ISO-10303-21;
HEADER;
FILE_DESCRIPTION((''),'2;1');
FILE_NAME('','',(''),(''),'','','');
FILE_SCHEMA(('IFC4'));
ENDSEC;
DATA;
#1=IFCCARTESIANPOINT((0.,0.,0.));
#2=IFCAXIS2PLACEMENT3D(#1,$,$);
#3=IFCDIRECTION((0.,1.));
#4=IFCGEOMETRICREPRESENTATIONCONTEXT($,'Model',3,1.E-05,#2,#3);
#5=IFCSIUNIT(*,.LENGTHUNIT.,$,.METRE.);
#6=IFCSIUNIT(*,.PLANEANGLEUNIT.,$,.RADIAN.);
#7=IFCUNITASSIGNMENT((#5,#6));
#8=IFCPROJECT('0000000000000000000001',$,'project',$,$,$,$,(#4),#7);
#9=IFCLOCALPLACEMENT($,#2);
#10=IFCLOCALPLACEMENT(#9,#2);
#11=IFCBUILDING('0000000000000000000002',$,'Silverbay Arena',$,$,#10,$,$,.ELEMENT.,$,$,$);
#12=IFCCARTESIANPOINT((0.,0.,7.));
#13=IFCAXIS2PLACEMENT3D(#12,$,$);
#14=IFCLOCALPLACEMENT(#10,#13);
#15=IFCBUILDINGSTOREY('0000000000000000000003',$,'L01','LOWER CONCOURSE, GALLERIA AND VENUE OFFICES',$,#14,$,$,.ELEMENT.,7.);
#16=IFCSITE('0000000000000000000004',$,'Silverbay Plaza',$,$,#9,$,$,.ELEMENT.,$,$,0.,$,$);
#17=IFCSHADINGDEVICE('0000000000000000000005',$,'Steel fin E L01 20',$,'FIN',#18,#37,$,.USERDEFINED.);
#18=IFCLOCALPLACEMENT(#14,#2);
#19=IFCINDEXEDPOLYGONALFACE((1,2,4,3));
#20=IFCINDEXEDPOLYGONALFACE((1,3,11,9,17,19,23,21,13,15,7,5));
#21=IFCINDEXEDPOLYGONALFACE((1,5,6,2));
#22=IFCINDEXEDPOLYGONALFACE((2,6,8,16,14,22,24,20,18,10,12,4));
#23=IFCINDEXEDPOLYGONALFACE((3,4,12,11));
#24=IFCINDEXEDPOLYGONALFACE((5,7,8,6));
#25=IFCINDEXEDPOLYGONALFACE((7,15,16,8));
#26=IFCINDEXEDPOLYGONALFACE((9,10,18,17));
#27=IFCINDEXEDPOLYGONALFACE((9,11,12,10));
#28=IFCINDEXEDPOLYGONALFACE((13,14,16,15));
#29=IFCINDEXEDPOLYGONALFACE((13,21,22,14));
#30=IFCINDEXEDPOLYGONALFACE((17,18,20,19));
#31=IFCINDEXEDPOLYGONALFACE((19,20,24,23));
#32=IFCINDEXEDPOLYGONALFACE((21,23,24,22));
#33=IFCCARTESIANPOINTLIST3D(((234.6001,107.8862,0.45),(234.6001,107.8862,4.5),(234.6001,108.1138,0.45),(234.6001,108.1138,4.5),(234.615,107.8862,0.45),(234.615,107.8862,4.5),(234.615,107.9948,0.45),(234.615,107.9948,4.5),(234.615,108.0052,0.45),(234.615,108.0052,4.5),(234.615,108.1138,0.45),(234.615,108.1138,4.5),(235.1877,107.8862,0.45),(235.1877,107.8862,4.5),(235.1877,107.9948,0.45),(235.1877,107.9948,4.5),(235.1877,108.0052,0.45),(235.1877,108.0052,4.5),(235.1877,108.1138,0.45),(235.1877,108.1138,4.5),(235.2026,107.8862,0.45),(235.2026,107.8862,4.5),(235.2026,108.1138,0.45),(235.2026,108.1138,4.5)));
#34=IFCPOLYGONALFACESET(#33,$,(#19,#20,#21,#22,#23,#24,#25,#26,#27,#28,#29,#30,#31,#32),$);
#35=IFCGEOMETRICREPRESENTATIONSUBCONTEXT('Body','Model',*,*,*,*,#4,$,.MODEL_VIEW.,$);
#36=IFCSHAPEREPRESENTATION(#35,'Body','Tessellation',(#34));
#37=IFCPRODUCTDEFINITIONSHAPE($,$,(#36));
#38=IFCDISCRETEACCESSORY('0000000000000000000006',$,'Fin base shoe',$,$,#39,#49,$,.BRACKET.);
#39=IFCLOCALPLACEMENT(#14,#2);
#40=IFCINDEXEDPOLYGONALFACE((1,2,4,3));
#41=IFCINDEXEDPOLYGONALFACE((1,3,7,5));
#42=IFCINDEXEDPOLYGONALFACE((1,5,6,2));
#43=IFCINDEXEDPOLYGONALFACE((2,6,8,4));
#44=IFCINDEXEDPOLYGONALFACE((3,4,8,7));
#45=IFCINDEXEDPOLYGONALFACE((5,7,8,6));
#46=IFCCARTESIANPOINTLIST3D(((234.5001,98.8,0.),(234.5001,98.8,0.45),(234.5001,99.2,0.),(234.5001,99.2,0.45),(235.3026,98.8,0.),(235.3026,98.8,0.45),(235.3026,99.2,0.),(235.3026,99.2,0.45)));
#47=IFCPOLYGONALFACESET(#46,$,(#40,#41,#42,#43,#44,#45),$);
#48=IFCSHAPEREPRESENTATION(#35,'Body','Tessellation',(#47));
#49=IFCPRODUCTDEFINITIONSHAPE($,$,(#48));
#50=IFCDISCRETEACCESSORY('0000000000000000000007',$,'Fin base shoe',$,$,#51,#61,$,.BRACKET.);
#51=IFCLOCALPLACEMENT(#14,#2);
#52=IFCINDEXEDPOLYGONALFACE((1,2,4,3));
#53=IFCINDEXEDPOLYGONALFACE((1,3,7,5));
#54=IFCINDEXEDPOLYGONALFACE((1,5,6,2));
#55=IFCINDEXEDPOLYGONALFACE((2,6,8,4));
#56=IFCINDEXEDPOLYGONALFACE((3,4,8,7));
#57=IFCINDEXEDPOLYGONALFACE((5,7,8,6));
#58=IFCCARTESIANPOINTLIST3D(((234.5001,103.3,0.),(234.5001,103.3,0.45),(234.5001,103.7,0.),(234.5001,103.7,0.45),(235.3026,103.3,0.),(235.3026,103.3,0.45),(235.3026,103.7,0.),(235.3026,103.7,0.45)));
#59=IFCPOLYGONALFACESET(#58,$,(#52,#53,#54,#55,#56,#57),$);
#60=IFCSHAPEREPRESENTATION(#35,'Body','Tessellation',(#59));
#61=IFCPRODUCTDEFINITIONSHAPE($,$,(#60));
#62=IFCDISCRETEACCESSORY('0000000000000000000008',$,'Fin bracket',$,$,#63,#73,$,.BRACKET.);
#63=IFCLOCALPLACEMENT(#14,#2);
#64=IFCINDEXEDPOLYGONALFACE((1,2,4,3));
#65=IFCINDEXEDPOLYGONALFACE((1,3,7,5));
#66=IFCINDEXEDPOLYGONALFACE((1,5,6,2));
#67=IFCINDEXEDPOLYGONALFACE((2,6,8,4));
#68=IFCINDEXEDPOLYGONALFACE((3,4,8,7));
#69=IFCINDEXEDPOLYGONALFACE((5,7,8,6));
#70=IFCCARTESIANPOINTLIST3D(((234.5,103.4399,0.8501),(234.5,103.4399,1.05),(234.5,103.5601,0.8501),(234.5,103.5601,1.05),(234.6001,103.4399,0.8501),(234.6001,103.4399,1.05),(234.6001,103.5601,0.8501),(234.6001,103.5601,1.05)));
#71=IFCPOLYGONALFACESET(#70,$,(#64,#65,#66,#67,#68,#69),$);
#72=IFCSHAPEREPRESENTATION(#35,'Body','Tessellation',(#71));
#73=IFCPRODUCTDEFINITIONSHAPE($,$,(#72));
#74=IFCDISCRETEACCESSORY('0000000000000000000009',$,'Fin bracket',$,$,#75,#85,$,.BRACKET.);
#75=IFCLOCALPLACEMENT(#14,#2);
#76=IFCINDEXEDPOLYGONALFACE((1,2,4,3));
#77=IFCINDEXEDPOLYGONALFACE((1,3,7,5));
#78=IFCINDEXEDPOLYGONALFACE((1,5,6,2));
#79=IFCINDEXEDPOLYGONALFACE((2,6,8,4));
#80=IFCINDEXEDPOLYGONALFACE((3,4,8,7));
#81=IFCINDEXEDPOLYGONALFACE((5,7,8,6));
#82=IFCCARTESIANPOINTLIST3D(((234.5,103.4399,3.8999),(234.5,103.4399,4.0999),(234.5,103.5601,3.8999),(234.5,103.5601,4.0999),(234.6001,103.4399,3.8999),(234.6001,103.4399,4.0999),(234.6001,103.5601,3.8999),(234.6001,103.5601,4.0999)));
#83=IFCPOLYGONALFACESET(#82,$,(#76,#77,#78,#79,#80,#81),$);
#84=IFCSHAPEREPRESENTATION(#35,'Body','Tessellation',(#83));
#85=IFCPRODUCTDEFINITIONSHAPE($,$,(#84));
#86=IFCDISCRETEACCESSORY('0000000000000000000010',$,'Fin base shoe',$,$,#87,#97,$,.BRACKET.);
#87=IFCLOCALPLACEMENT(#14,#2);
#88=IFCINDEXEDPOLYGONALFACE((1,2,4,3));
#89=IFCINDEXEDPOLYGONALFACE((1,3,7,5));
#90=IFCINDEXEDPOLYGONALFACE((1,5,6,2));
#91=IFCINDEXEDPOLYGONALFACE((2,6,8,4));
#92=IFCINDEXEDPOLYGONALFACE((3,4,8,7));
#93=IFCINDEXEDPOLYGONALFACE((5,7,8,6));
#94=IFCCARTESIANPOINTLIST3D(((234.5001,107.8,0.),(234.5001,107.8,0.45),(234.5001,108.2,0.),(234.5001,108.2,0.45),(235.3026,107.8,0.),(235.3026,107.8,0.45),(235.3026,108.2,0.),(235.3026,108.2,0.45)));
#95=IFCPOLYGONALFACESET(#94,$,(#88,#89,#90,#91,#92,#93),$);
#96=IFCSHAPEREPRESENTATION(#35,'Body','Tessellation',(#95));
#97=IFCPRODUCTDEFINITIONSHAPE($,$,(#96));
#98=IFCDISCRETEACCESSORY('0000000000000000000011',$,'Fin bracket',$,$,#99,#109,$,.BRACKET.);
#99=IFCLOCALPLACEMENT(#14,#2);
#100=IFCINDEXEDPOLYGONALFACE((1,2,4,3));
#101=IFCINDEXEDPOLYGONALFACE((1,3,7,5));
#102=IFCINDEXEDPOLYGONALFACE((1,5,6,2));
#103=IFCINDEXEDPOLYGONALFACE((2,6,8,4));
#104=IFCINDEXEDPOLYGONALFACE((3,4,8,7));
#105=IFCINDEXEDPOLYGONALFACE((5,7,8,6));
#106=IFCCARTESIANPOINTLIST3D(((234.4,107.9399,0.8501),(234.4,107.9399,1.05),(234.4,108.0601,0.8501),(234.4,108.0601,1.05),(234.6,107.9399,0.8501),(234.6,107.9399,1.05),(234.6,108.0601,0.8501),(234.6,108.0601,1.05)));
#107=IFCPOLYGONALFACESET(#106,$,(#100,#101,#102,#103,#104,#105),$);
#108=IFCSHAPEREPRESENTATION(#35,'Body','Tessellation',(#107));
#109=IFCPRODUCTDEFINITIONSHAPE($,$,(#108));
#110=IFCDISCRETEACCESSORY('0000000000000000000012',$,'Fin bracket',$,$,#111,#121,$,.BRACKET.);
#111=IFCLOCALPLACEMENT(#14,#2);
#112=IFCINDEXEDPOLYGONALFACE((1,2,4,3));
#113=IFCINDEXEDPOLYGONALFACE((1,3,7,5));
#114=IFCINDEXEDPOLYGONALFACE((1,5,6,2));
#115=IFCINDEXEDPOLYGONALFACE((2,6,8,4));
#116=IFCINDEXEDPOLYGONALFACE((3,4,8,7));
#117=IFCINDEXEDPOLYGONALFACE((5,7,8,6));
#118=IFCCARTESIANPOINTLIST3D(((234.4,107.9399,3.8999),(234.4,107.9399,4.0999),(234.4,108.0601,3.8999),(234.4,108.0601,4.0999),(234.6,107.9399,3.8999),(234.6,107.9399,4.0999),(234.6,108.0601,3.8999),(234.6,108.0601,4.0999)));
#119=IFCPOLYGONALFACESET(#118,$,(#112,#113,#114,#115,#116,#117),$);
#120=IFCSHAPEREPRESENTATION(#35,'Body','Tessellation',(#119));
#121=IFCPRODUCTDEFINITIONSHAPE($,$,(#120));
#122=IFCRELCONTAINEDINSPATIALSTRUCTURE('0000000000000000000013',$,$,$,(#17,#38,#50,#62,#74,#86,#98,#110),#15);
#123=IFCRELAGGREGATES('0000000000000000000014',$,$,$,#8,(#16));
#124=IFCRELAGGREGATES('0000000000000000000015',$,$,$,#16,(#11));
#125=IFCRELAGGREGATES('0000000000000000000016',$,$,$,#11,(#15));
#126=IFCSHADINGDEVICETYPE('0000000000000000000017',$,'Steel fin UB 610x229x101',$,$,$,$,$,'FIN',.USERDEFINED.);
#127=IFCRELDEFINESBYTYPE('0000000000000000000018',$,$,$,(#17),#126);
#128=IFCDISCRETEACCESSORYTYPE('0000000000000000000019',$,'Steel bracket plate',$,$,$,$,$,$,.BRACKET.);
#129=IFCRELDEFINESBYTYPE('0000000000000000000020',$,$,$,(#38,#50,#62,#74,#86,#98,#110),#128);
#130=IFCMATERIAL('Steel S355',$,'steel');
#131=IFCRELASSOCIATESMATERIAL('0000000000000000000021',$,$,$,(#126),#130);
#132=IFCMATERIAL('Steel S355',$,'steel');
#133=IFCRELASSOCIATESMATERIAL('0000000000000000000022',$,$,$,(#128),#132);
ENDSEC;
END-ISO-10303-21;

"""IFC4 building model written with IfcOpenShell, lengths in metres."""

from ifc_helpers import new_model, si_unit, direction, frame, origin, origin_2d, place, context, subcontext, project, spatial, rectangle, i_section, extrude, material, material_profile, profile_set, type_object, element, save


model = new_model("IFC4")

# Units and contexts
model_context = context("Model", 3, precision=1e-05, world=origin(), true_north=direction((0.0, 1.0)))
body_context = subcontext(model_context, "Body", "Model", "MODEL_VIEW")
ifc_project = project(units=[si_unit("LENGTHUNIT", "METRE"), si_unit("PLANEANGLEUNIT", "RADIAN")], contexts=[model_context])

# Site, building, storey
site_placement = place(None, origin())
site = spatial("IfcSite", under=ifc_project, at=site_placement, Name="Silverbay Plaza", CompositionType="ELEMENT", RefElevation=0.0)
building_placement = place(site_placement, origin())
building = spatial("IfcBuilding", under=site, at=building_placement, Name="Silverbay Arena", CompositionType="ELEMENT")
storey_placement = place(building_placement, frame((0.0, 0.0, 7.0)))
storey = spatial("IfcBuildingStorey", under=building, at=storey_placement, Name="L01", Description="LOWER CONCOURSE, GALLERIA AND VENUE OFFICES", CompositionType="ELEMENT", Elevation=7.0)

# Shading device
ifc_material_1 = material(Name="Steel S355", Category="steel")
ifc_material_profile_1 = material_profile(ifc_material_1, i_section(OverallWidth=0.2275, OverallDepth=0.6025, WebThickness=0.0105, FlangeThickness=0.0149, at=origin_2d()), Name="UB 610x229x101")
ifc_profile_set_1 = profile_set([ifc_material_profile_1], Name="Steel S355")
shading_device_type = type_object("IfcShadingDeviceType", Name="Steel fin UB 610x229x101", ElementType="FIN", PredefinedType="USERDEFINED", material=ifc_profile_set_1)
for number, where, z_axis, x_axis, name in (
    (1, (234.9014, 108.0, 0.45), (0.0, 0.0, 1.0), (0.0, 1.0, 0.0), "Steel fin E L01 20"),
):
    element("IfcShadingDevice", number, at=place(storey_placement, frame(where, z_axis=z_axis, x_axis=x_axis)), inside=storey, type_object=shading_device_type, Name=name, ObjectType="FIN", PredefinedType="USERDEFINED", context=body_context, shape_type="SweptSolid", body=[
        extrude(i_section(OverallWidth=0.2275, OverallDepth=0.6025, WebThickness=0.0105, FlangeThickness=0.0149, at=origin_2d()), origin(), (0.0, 0.0, 1.0), 4.05),
    ])

# Discrete accessories
ifc_material_2 = material(Name="Steel S355", Category="steel")
discrete_accessory_type = type_object("IfcDiscreteAccessoryType", Name="Steel bracket plate", PredefinedType="BRACKET", material=ifc_material_2)
for number, where, z_axis, x_axis, name in (
    (2, (234.9014, 99.0, 0.0), (0.0, 0.0, 1.0), (1.0, 0.0, 0.0), "Fin base shoe"),
    (3, (234.9014, 103.5, 0.0), (0.0, 0.0, 1.0), (1.0, 0.0, 0.0), "Fin base shoe"),
):
    element("IfcDiscreteAccessory", number, at=place(storey_placement, frame(where, z_axis=z_axis, x_axis=x_axis)), inside=storey, type_object=discrete_accessory_type, Name=name, PredefinedType="BRACKET", context=body_context, shape_type="SweptSolid", body=[
        extrude(rectangle(XDim=0.8025, YDim=0.3999, at=origin_2d()), origin(), (0.0, 0.0, 1.0), 0.45),
    ])
for number, where, z_axis, x_axis, name in (
    (4, (234.55, 103.5, 0.8501), (0.0, 0.0, 1.0), (1.0, 0.0, 0.0), "Fin bracket"),
    (5, (234.55, 103.5, 3.8999), (0.0, 0.0, 1.0), (1.0, 0.0, 0.0), "Fin bracket"),
):
    element("IfcDiscreteAccessory", number, at=place(storey_placement, frame(where, z_axis=z_axis, x_axis=x_axis)), inside=storey, type_object=discrete_accessory_type, Name=name, PredefinedType="BRACKET", context=body_context, shape_type="SweptSolid", body=[
        extrude(rectangle(XDim=0.1001, YDim=0.1201, at=origin_2d()), origin(), (0.0, 0.0, 1.0), 0.2),
    ])
discrete_accessory_placement = place(storey_placement, frame((234.9014, 108.0, 0.0), z_axis=(0.0, 0.0, 1.0), x_axis=(1.0, 0.0, 0.0)))
element("IfcDiscreteAccessory", 6, at=discrete_accessory_placement, inside=storey, type_object=discrete_accessory_type, Name="Fin base shoe", PredefinedType="BRACKET", context=body_context, shape_type="SweptSolid", body=[
    extrude(rectangle(XDim=0.8025, YDim=0.3999, at=origin_2d()), origin(), (0.0, 0.0, 1.0), 0.45),
])
for number, where, z_axis, x_axis, name in (
    (7, (234.5, 108.0, 0.8501), (0.0, 0.0, 1.0), (1.0, 0.0, 0.0), "Fin bracket"),
    (8, (234.5, 108.0, 3.8999), (0.0, 0.0, 1.0), (1.0, 0.0, 0.0), "Fin bracket"),
):
    element("IfcDiscreteAccessory", number, at=place(storey_placement, frame(where, z_axis=z_axis, x_axis=x_axis)), inside=storey, type_object=discrete_accessory_type, Name=name, PredefinedType="BRACKET", context=body_context, shape_type="SweptSolid", body=[
        extrude(rectangle(XDim=0.2, YDim=0.1201, at=origin_2d()), origin(), (0.0, 0.0, 1.0), 0.2),
    ])

save(model, "model.ifc")
